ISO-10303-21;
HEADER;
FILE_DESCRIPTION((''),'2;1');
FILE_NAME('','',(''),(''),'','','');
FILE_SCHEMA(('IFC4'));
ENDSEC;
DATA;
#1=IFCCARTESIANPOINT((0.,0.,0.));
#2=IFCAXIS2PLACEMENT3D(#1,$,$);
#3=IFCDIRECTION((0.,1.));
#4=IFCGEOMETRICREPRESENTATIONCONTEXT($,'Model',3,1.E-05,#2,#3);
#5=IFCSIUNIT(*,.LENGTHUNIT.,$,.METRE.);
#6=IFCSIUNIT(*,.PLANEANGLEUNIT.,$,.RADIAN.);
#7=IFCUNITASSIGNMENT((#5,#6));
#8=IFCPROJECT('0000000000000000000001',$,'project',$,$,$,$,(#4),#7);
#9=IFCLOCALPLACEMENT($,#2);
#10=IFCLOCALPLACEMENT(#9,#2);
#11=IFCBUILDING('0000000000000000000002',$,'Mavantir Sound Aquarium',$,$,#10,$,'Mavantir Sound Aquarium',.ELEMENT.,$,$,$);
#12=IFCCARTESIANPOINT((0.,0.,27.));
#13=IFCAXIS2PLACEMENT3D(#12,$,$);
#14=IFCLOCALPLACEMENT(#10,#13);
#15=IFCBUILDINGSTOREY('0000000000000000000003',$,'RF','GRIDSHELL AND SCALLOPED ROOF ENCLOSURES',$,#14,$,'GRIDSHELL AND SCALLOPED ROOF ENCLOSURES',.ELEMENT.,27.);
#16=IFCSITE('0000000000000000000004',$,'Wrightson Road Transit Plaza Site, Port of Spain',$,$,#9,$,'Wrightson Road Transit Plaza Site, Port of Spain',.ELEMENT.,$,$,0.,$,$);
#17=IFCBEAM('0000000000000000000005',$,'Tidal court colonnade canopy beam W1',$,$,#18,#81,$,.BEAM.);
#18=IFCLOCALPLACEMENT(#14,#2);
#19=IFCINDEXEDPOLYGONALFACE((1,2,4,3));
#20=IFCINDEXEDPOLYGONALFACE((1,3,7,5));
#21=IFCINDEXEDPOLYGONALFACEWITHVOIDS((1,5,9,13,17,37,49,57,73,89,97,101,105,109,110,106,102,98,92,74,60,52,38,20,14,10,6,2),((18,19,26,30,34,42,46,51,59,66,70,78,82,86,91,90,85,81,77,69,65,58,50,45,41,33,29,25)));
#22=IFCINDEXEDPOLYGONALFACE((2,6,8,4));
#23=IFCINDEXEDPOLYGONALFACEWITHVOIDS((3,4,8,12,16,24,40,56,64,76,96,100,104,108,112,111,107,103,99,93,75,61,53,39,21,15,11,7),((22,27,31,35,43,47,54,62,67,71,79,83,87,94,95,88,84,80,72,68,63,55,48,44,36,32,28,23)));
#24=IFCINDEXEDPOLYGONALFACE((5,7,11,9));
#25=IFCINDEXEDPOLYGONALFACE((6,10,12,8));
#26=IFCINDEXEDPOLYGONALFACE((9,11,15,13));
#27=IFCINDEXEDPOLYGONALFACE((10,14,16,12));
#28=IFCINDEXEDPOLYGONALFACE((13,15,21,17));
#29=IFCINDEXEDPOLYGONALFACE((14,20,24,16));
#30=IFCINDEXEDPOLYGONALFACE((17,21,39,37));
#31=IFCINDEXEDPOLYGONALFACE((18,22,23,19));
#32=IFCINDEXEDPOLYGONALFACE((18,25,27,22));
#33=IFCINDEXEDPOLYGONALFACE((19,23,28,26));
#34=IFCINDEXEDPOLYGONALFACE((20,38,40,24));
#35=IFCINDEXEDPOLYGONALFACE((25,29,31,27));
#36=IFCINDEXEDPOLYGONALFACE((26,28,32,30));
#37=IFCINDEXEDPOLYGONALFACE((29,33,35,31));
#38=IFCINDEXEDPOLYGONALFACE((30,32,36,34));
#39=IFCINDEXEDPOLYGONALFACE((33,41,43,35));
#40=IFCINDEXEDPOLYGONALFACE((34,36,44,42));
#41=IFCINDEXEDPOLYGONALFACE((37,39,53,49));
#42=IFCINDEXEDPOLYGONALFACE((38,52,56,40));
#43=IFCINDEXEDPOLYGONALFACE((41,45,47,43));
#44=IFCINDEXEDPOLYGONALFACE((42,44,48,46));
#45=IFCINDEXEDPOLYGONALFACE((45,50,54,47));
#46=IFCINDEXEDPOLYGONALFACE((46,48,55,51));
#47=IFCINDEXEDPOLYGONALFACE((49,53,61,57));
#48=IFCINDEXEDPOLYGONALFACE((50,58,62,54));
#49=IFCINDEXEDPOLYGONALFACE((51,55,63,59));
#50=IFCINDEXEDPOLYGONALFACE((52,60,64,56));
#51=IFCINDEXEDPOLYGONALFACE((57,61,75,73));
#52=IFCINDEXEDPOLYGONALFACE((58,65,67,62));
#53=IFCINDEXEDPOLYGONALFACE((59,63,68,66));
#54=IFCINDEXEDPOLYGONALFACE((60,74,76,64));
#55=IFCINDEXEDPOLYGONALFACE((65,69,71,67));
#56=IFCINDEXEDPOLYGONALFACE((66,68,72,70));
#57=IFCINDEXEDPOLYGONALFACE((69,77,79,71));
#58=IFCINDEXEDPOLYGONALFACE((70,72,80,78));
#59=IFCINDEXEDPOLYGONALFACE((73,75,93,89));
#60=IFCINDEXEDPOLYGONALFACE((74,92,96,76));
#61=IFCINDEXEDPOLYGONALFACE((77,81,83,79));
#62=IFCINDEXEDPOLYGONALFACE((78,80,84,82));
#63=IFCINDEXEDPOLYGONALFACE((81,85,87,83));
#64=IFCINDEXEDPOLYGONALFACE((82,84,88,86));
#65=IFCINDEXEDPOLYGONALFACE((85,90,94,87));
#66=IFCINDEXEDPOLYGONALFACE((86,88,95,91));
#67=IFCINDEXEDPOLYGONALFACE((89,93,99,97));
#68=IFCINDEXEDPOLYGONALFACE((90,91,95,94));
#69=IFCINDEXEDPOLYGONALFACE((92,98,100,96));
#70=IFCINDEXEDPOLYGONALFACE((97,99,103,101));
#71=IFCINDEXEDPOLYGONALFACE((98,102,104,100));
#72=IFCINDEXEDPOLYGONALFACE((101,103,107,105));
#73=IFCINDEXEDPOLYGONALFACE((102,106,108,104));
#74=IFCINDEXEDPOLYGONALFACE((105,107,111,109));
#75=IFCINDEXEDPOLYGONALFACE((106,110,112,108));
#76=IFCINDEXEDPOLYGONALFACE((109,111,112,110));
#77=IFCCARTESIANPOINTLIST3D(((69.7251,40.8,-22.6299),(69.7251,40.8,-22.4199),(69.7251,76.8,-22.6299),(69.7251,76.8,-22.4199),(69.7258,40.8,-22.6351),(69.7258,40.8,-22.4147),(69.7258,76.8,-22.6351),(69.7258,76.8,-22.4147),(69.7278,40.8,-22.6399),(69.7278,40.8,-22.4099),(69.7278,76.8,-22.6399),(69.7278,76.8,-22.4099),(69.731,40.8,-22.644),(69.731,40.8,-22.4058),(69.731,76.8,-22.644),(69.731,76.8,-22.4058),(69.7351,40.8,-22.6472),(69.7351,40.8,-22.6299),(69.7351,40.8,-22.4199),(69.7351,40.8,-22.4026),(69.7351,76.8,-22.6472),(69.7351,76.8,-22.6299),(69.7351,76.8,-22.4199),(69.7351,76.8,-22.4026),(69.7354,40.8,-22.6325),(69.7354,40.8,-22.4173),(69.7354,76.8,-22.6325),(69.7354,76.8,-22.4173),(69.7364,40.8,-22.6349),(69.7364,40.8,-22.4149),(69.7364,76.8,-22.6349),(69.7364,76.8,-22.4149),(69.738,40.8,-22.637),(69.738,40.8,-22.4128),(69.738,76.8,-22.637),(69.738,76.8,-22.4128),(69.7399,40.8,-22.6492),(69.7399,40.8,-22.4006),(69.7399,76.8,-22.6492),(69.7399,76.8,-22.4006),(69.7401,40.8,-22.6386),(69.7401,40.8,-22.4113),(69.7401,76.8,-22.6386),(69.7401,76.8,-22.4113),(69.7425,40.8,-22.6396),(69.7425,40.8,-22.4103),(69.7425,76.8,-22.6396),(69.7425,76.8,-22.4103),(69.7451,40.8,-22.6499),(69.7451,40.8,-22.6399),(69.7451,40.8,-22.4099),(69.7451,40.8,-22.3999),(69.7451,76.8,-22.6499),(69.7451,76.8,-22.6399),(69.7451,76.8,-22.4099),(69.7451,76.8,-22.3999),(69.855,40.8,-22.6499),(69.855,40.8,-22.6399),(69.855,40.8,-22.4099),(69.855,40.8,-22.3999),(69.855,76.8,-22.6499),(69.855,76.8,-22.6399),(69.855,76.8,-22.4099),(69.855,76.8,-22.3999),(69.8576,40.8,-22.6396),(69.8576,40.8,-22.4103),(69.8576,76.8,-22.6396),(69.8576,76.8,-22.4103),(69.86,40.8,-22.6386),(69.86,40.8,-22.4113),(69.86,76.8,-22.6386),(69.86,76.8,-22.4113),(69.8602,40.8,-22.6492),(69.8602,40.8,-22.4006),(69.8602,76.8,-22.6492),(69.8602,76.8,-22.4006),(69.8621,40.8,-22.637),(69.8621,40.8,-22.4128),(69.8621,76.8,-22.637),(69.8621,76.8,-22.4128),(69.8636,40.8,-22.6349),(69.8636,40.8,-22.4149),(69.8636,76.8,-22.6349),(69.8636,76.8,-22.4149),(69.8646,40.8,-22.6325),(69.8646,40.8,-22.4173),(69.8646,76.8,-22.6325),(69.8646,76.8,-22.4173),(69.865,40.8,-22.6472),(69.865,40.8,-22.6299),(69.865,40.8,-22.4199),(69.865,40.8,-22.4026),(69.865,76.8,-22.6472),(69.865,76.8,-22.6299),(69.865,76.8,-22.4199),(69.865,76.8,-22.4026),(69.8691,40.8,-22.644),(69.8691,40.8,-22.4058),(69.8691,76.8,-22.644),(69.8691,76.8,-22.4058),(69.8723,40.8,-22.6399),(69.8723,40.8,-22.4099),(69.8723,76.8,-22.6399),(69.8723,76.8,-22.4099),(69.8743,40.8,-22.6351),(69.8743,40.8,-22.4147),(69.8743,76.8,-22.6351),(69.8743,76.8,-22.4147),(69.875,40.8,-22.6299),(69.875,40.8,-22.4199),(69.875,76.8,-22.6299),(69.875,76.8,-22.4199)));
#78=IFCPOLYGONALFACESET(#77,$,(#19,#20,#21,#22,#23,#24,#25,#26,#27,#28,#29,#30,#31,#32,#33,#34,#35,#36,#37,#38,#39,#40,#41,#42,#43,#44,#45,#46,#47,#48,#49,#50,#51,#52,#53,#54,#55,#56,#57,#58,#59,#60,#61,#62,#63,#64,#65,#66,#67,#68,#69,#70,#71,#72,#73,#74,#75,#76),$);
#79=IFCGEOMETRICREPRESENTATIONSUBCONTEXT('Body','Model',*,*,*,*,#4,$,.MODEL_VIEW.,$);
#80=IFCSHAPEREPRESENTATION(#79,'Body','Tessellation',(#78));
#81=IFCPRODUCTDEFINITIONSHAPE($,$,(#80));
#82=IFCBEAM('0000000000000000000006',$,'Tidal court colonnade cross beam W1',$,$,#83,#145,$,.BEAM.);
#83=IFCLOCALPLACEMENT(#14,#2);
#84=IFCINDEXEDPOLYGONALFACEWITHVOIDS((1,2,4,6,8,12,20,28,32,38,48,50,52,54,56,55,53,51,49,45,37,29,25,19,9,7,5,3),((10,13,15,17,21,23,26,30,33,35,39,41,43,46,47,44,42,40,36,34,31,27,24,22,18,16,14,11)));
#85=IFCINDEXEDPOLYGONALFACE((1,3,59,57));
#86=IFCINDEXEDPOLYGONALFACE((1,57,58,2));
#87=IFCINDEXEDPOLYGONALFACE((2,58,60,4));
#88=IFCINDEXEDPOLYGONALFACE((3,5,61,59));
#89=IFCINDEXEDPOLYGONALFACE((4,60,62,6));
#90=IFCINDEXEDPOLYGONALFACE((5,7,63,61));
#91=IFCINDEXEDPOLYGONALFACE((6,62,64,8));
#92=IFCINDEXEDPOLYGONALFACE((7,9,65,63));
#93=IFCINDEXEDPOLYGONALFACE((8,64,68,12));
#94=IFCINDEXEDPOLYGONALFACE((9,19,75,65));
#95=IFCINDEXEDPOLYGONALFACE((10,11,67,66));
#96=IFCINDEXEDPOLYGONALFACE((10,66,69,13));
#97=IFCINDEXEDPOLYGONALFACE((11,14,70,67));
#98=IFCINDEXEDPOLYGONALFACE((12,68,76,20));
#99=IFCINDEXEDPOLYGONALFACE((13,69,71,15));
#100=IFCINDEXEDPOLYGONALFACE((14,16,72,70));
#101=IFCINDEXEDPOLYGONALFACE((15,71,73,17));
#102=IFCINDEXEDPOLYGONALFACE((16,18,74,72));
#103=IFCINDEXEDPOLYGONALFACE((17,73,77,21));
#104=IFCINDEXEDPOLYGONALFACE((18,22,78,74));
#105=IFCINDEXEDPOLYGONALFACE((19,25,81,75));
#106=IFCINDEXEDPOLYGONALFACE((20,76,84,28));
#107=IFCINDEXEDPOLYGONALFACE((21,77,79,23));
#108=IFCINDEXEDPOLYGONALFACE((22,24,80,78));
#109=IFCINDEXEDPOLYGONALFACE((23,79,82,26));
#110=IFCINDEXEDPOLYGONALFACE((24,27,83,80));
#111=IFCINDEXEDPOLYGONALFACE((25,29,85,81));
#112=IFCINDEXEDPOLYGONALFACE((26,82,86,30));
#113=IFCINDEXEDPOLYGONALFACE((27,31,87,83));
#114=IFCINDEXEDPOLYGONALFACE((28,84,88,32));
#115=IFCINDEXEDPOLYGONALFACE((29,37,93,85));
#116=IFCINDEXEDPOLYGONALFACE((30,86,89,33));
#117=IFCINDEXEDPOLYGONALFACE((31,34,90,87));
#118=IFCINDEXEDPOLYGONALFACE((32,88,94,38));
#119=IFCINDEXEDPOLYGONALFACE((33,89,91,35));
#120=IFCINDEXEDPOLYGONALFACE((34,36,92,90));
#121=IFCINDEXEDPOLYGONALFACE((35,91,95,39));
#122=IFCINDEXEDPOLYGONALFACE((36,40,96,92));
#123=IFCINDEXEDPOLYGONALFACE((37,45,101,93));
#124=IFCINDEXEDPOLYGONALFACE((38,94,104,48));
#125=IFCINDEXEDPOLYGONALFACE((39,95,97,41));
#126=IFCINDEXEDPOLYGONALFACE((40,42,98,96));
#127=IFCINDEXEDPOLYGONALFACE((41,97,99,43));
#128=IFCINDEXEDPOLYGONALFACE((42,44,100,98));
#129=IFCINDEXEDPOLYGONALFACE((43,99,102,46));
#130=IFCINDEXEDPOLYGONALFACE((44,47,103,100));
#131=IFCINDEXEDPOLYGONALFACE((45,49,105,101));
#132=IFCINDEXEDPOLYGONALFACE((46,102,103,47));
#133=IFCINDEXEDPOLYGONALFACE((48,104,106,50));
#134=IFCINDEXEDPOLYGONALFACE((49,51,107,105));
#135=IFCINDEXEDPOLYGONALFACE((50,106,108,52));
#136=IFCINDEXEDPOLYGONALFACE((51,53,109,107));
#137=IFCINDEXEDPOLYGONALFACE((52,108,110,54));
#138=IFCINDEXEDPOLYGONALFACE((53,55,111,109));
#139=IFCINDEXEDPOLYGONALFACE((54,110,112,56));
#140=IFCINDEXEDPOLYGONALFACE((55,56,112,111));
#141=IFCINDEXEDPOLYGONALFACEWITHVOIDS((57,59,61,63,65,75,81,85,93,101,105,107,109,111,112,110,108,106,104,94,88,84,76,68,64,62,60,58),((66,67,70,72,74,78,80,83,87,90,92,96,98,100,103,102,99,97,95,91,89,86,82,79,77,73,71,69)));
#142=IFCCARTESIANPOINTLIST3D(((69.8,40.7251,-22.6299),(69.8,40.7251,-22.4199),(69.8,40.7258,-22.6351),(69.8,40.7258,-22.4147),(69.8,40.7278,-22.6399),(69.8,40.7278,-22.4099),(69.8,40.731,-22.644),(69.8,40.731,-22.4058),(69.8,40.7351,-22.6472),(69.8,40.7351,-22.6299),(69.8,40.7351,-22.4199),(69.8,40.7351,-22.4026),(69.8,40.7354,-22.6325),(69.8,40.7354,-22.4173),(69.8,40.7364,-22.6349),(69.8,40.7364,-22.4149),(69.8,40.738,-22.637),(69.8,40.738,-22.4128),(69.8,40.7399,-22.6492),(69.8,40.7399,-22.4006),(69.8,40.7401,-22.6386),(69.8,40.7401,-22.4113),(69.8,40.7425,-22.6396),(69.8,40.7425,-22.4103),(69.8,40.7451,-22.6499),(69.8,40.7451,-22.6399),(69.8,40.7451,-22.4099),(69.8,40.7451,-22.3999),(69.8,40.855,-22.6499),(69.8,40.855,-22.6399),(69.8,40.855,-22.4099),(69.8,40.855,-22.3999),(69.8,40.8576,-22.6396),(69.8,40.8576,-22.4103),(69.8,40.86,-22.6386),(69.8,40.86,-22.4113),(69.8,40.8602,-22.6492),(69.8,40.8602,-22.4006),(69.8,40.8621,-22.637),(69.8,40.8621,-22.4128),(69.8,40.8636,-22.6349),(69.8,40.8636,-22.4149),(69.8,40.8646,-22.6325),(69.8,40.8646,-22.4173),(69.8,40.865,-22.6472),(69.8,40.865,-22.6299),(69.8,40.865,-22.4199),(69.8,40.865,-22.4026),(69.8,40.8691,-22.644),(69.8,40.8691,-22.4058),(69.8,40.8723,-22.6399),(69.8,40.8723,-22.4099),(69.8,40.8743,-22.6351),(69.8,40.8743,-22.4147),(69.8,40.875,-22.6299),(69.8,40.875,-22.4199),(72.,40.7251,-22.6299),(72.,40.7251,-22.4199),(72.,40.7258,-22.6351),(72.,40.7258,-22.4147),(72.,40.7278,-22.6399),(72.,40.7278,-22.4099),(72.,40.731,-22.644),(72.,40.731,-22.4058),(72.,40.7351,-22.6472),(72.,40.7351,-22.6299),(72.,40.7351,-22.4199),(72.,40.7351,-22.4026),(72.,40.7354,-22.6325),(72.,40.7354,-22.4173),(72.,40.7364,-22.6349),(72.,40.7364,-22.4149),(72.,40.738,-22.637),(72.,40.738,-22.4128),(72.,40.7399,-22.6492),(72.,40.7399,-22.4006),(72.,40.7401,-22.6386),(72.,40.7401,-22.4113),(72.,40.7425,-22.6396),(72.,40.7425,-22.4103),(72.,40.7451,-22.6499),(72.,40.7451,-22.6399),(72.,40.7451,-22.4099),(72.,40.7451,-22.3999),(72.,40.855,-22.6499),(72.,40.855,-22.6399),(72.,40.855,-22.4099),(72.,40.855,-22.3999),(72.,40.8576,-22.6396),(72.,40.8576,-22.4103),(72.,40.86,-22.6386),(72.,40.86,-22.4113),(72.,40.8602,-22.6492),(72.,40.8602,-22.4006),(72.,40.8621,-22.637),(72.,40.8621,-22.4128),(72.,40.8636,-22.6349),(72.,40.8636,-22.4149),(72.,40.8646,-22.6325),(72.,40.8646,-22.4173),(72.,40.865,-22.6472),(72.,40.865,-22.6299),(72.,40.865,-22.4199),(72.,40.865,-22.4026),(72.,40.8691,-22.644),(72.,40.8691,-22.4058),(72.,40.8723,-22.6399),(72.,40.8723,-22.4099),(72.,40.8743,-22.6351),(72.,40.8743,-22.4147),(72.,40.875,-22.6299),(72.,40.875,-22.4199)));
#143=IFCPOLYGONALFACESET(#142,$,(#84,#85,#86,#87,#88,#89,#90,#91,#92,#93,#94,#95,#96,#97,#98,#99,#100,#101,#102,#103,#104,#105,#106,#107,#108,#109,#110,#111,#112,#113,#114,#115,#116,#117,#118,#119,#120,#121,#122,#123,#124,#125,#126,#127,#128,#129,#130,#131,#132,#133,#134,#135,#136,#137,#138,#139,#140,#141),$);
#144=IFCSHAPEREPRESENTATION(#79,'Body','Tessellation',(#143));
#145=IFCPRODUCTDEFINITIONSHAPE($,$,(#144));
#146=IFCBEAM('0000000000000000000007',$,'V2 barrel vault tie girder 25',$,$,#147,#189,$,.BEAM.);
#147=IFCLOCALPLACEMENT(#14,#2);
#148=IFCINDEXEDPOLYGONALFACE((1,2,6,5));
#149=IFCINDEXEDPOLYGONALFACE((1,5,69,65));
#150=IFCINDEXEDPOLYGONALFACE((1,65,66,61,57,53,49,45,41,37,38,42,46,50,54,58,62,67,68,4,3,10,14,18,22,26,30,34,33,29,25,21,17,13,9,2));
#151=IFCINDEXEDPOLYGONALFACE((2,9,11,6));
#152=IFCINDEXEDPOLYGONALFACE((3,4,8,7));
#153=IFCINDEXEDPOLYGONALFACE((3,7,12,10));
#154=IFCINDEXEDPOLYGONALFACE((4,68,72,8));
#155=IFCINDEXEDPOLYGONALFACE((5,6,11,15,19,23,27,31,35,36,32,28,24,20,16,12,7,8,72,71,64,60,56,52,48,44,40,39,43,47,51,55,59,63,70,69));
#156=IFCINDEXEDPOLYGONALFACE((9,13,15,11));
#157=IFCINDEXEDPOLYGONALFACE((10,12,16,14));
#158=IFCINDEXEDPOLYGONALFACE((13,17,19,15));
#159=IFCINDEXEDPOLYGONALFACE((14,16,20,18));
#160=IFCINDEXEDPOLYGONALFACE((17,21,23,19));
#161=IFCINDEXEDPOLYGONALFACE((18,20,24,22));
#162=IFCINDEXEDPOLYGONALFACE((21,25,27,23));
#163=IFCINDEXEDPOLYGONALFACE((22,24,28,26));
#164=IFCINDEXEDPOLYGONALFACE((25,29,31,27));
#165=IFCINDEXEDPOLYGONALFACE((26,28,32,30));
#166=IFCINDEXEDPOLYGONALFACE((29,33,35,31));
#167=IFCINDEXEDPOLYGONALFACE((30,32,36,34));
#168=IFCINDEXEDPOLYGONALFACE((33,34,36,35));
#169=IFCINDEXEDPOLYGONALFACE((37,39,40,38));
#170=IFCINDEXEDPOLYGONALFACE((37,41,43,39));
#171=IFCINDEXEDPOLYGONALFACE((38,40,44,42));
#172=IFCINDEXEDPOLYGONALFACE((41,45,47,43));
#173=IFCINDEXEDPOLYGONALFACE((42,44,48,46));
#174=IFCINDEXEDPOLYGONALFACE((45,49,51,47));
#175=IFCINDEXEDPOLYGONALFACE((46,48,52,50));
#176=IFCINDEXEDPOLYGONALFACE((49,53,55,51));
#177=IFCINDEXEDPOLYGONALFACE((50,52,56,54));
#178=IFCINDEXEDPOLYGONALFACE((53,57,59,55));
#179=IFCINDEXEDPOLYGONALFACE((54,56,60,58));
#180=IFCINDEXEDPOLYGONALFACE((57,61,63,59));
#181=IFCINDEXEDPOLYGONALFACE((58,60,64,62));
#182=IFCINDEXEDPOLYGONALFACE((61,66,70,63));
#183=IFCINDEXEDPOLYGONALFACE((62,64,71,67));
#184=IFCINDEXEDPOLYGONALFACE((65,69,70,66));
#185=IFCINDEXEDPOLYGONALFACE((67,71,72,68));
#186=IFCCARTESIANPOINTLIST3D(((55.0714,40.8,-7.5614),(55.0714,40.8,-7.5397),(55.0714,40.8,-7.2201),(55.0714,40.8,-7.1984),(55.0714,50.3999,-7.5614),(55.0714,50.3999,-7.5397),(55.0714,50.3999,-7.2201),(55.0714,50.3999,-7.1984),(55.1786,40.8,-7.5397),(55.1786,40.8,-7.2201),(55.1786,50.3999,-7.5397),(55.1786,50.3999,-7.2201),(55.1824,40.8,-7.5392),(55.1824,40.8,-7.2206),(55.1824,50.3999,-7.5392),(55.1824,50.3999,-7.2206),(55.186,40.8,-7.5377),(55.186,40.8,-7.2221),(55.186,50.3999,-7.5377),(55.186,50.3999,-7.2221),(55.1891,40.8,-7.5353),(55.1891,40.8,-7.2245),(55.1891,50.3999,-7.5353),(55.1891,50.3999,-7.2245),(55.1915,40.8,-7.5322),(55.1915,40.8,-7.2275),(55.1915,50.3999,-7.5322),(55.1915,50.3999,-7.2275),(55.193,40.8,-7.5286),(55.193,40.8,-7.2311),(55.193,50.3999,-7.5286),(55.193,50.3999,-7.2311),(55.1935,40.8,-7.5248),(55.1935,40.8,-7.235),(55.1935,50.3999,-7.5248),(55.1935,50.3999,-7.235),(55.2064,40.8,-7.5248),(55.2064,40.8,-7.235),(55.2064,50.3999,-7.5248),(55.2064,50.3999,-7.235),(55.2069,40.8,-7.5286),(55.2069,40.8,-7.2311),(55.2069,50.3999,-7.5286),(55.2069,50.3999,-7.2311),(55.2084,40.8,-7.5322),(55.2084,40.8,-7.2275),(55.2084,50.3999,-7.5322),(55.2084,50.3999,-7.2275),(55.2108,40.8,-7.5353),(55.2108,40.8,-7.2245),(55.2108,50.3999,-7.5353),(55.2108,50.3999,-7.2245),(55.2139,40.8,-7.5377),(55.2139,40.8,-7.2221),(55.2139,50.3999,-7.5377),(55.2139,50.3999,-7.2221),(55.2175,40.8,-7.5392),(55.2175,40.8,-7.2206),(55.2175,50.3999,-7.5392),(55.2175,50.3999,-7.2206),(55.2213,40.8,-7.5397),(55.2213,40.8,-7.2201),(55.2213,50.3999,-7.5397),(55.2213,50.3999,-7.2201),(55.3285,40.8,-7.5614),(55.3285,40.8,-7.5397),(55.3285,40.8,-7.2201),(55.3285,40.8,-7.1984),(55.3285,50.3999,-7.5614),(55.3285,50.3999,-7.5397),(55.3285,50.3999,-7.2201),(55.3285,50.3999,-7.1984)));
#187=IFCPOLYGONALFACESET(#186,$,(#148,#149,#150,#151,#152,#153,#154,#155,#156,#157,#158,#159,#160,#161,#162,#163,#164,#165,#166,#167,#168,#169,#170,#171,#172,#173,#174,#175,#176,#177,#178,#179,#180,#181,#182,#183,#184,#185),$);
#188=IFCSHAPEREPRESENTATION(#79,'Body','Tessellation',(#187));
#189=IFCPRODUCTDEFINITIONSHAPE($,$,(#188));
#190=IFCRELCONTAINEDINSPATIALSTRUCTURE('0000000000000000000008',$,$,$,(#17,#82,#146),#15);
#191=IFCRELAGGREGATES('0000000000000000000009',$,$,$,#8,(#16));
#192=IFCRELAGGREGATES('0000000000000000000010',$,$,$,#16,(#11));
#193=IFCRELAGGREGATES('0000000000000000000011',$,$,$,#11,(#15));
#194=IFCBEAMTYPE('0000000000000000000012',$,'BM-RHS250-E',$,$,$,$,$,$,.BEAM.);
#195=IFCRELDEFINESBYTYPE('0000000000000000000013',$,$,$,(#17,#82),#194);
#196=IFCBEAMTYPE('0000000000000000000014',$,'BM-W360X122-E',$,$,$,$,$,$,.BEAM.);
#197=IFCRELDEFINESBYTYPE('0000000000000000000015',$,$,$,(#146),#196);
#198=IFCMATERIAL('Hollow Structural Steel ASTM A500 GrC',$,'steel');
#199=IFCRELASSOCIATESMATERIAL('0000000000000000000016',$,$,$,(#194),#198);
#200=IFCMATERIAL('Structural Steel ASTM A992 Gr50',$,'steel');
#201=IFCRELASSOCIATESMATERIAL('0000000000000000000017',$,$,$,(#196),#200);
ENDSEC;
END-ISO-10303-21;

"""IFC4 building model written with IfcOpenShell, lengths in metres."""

from ifc_helpers import new_model, si_unit, direction, frame, origin, origin_2d, place, context, subcontext, project, spatial, hollow_rectangle, i_section, extrude, material, material_profile, profile_set, type_object, element, save


model = new_model("IFC4")

# Units and contexts
model_context = context("Model", 3, precision=1e-05, world=origin(), true_north=direction((0.0, 1.0)))
body_context = subcontext(model_context, "Body", "Model", "MODEL_VIEW")
ifc_project = project(units=[si_unit("LENGTHUNIT", "METRE"), si_unit("PLANEANGLEUNIT", "RADIAN")], contexts=[model_context])

# Site, building, storey
site_placement = place(None, origin())
site = spatial("IfcSite", under=ifc_project, at=site_placement, Name="Wrightson Road Transit Plaza Site, Port of Spain", LongName="Wrightson Road Transit Plaza Site, Port of Spain", CompositionType="ELEMENT", RefElevation=0.0)
building_placement = place(site_placement, origin())
building = spatial("IfcBuilding", under=site, at=building_placement, Name="Mavantir Sound Aquarium", LongName="Mavantir Sound Aquarium", CompositionType="ELEMENT")
storey_placement = place(building_placement, frame((0.0, 0.0, 27.0)))
storey = spatial("IfcBuildingStorey", under=building, at=storey_placement, Name="RF", Description="GRIDSHELL AND SCALLOPED ROOF ENCLOSURES", LongName="GRIDSHELL AND SCALLOPED ROOF ENCLOSURES", CompositionType="ELEMENT", Elevation=27.0)

# Beams
ifc_material_1 = material(Name="Hollow Structural Steel ASTM A500 GrC", Category="steel")
ifc_material_profile_1 = material_profile(ifc_material_1, hollow_rectangle(XDim=0.1499, YDim=0.25, WallThickness=0.01, InnerFilletRadius=0.01, OuterFilletRadius=0.02, at=origin_2d()), Name="RHS 250X150X10")
ifc_profile_set_1 = profile_set([ifc_material_profile_1], Name="Hollow Structural Steel ASTM A500 GrC")
beam_type_1 = type_object("IfcBeamType", Name="BM-RHS250-E", PredefinedType="BEAM", material=ifc_profile_set_1)
beam_1_placement = place(storey_placement, frame((69.8, 40.8, -22.5249), z_axis=(0.0, 1.0, 0.0), x_axis=(-1.0, 0.0, 0.0)))
element("IfcBeam", 1, at=beam_1_placement, inside=storey, type_object=beam_type_1, Name="Tidal court colonnade canopy beam W1", PredefinedType="BEAM", context=body_context, shape_type="SweptSolid", body=[
    extrude(hollow_rectangle(XDim=0.1499, YDim=0.25, WallThickness=0.01, InnerFilletRadius=0.01, OuterFilletRadius=0.02, at=origin_2d()), origin(), (0.0, 0.0, 1.0), 36.0),
])
beam_2_placement = place(storey_placement, frame((69.8, 40.8, -22.5249), z_axis=(1.0, 0.0, 0.0), x_axis=(0.0, 1.0, 0.0)))
element("IfcBeam", 2, at=beam_2_placement, inside=storey, type_object=beam_type_1, Name="Tidal court colonnade cross beam W1", PredefinedType="BEAM", context=body_context, shape_type="SweptSolid", body=[
    extrude(hollow_rectangle(XDim=0.1499, YDim=0.25, WallThickness=0.01, InnerFilletRadius=0.01, OuterFilletRadius=0.02, at=origin_2d()), origin(), (0.0, 0.0, 1.0), 2.2),
])
ifc_material_2 = material(Name="Structural Steel ASTM A992 Gr50", Category="steel")
ifc_material_profile_2 = material_profile(ifc_material_2, i_section(OverallWidth=0.2571, OverallDepth=0.363, WebThickness=0.0129, FlangeThickness=0.0217, FilletRadius=0.0149, at=origin_2d()), Name="W360X122")
ifc_profile_set_2 = profile_set([ifc_material_profile_2], Name="Structural Steel ASTM A992 Gr50")
beam_type_2 = type_object("IfcBeamType", Name="BM-W360X122-E", PredefinedType="BEAM", material=ifc_profile_set_2)
beam_3_placement = place(storey_placement, frame((55.2, 40.8, -7.3799), z_axis=(0.0, 1.0, 0.0), x_axis=(-1.0, 0.0, 0.0)))
element("IfcBeam", 3, at=beam_3_placement, inside=storey, type_object=beam_type_2, Name="V2 barrel vault tie girder 25", PredefinedType="BEAM", context=body_context, shape_type="SweptSolid", body=[
    extrude(i_section(OverallWidth=0.2571, OverallDepth=0.363, WebThickness=0.0129, FlangeThickness=0.0217, FilletRadius=0.0149, at=origin_2d()), origin(), (0.0, 0.0, 1.0), 9.5999),
])

save(model, "model.ifc")
